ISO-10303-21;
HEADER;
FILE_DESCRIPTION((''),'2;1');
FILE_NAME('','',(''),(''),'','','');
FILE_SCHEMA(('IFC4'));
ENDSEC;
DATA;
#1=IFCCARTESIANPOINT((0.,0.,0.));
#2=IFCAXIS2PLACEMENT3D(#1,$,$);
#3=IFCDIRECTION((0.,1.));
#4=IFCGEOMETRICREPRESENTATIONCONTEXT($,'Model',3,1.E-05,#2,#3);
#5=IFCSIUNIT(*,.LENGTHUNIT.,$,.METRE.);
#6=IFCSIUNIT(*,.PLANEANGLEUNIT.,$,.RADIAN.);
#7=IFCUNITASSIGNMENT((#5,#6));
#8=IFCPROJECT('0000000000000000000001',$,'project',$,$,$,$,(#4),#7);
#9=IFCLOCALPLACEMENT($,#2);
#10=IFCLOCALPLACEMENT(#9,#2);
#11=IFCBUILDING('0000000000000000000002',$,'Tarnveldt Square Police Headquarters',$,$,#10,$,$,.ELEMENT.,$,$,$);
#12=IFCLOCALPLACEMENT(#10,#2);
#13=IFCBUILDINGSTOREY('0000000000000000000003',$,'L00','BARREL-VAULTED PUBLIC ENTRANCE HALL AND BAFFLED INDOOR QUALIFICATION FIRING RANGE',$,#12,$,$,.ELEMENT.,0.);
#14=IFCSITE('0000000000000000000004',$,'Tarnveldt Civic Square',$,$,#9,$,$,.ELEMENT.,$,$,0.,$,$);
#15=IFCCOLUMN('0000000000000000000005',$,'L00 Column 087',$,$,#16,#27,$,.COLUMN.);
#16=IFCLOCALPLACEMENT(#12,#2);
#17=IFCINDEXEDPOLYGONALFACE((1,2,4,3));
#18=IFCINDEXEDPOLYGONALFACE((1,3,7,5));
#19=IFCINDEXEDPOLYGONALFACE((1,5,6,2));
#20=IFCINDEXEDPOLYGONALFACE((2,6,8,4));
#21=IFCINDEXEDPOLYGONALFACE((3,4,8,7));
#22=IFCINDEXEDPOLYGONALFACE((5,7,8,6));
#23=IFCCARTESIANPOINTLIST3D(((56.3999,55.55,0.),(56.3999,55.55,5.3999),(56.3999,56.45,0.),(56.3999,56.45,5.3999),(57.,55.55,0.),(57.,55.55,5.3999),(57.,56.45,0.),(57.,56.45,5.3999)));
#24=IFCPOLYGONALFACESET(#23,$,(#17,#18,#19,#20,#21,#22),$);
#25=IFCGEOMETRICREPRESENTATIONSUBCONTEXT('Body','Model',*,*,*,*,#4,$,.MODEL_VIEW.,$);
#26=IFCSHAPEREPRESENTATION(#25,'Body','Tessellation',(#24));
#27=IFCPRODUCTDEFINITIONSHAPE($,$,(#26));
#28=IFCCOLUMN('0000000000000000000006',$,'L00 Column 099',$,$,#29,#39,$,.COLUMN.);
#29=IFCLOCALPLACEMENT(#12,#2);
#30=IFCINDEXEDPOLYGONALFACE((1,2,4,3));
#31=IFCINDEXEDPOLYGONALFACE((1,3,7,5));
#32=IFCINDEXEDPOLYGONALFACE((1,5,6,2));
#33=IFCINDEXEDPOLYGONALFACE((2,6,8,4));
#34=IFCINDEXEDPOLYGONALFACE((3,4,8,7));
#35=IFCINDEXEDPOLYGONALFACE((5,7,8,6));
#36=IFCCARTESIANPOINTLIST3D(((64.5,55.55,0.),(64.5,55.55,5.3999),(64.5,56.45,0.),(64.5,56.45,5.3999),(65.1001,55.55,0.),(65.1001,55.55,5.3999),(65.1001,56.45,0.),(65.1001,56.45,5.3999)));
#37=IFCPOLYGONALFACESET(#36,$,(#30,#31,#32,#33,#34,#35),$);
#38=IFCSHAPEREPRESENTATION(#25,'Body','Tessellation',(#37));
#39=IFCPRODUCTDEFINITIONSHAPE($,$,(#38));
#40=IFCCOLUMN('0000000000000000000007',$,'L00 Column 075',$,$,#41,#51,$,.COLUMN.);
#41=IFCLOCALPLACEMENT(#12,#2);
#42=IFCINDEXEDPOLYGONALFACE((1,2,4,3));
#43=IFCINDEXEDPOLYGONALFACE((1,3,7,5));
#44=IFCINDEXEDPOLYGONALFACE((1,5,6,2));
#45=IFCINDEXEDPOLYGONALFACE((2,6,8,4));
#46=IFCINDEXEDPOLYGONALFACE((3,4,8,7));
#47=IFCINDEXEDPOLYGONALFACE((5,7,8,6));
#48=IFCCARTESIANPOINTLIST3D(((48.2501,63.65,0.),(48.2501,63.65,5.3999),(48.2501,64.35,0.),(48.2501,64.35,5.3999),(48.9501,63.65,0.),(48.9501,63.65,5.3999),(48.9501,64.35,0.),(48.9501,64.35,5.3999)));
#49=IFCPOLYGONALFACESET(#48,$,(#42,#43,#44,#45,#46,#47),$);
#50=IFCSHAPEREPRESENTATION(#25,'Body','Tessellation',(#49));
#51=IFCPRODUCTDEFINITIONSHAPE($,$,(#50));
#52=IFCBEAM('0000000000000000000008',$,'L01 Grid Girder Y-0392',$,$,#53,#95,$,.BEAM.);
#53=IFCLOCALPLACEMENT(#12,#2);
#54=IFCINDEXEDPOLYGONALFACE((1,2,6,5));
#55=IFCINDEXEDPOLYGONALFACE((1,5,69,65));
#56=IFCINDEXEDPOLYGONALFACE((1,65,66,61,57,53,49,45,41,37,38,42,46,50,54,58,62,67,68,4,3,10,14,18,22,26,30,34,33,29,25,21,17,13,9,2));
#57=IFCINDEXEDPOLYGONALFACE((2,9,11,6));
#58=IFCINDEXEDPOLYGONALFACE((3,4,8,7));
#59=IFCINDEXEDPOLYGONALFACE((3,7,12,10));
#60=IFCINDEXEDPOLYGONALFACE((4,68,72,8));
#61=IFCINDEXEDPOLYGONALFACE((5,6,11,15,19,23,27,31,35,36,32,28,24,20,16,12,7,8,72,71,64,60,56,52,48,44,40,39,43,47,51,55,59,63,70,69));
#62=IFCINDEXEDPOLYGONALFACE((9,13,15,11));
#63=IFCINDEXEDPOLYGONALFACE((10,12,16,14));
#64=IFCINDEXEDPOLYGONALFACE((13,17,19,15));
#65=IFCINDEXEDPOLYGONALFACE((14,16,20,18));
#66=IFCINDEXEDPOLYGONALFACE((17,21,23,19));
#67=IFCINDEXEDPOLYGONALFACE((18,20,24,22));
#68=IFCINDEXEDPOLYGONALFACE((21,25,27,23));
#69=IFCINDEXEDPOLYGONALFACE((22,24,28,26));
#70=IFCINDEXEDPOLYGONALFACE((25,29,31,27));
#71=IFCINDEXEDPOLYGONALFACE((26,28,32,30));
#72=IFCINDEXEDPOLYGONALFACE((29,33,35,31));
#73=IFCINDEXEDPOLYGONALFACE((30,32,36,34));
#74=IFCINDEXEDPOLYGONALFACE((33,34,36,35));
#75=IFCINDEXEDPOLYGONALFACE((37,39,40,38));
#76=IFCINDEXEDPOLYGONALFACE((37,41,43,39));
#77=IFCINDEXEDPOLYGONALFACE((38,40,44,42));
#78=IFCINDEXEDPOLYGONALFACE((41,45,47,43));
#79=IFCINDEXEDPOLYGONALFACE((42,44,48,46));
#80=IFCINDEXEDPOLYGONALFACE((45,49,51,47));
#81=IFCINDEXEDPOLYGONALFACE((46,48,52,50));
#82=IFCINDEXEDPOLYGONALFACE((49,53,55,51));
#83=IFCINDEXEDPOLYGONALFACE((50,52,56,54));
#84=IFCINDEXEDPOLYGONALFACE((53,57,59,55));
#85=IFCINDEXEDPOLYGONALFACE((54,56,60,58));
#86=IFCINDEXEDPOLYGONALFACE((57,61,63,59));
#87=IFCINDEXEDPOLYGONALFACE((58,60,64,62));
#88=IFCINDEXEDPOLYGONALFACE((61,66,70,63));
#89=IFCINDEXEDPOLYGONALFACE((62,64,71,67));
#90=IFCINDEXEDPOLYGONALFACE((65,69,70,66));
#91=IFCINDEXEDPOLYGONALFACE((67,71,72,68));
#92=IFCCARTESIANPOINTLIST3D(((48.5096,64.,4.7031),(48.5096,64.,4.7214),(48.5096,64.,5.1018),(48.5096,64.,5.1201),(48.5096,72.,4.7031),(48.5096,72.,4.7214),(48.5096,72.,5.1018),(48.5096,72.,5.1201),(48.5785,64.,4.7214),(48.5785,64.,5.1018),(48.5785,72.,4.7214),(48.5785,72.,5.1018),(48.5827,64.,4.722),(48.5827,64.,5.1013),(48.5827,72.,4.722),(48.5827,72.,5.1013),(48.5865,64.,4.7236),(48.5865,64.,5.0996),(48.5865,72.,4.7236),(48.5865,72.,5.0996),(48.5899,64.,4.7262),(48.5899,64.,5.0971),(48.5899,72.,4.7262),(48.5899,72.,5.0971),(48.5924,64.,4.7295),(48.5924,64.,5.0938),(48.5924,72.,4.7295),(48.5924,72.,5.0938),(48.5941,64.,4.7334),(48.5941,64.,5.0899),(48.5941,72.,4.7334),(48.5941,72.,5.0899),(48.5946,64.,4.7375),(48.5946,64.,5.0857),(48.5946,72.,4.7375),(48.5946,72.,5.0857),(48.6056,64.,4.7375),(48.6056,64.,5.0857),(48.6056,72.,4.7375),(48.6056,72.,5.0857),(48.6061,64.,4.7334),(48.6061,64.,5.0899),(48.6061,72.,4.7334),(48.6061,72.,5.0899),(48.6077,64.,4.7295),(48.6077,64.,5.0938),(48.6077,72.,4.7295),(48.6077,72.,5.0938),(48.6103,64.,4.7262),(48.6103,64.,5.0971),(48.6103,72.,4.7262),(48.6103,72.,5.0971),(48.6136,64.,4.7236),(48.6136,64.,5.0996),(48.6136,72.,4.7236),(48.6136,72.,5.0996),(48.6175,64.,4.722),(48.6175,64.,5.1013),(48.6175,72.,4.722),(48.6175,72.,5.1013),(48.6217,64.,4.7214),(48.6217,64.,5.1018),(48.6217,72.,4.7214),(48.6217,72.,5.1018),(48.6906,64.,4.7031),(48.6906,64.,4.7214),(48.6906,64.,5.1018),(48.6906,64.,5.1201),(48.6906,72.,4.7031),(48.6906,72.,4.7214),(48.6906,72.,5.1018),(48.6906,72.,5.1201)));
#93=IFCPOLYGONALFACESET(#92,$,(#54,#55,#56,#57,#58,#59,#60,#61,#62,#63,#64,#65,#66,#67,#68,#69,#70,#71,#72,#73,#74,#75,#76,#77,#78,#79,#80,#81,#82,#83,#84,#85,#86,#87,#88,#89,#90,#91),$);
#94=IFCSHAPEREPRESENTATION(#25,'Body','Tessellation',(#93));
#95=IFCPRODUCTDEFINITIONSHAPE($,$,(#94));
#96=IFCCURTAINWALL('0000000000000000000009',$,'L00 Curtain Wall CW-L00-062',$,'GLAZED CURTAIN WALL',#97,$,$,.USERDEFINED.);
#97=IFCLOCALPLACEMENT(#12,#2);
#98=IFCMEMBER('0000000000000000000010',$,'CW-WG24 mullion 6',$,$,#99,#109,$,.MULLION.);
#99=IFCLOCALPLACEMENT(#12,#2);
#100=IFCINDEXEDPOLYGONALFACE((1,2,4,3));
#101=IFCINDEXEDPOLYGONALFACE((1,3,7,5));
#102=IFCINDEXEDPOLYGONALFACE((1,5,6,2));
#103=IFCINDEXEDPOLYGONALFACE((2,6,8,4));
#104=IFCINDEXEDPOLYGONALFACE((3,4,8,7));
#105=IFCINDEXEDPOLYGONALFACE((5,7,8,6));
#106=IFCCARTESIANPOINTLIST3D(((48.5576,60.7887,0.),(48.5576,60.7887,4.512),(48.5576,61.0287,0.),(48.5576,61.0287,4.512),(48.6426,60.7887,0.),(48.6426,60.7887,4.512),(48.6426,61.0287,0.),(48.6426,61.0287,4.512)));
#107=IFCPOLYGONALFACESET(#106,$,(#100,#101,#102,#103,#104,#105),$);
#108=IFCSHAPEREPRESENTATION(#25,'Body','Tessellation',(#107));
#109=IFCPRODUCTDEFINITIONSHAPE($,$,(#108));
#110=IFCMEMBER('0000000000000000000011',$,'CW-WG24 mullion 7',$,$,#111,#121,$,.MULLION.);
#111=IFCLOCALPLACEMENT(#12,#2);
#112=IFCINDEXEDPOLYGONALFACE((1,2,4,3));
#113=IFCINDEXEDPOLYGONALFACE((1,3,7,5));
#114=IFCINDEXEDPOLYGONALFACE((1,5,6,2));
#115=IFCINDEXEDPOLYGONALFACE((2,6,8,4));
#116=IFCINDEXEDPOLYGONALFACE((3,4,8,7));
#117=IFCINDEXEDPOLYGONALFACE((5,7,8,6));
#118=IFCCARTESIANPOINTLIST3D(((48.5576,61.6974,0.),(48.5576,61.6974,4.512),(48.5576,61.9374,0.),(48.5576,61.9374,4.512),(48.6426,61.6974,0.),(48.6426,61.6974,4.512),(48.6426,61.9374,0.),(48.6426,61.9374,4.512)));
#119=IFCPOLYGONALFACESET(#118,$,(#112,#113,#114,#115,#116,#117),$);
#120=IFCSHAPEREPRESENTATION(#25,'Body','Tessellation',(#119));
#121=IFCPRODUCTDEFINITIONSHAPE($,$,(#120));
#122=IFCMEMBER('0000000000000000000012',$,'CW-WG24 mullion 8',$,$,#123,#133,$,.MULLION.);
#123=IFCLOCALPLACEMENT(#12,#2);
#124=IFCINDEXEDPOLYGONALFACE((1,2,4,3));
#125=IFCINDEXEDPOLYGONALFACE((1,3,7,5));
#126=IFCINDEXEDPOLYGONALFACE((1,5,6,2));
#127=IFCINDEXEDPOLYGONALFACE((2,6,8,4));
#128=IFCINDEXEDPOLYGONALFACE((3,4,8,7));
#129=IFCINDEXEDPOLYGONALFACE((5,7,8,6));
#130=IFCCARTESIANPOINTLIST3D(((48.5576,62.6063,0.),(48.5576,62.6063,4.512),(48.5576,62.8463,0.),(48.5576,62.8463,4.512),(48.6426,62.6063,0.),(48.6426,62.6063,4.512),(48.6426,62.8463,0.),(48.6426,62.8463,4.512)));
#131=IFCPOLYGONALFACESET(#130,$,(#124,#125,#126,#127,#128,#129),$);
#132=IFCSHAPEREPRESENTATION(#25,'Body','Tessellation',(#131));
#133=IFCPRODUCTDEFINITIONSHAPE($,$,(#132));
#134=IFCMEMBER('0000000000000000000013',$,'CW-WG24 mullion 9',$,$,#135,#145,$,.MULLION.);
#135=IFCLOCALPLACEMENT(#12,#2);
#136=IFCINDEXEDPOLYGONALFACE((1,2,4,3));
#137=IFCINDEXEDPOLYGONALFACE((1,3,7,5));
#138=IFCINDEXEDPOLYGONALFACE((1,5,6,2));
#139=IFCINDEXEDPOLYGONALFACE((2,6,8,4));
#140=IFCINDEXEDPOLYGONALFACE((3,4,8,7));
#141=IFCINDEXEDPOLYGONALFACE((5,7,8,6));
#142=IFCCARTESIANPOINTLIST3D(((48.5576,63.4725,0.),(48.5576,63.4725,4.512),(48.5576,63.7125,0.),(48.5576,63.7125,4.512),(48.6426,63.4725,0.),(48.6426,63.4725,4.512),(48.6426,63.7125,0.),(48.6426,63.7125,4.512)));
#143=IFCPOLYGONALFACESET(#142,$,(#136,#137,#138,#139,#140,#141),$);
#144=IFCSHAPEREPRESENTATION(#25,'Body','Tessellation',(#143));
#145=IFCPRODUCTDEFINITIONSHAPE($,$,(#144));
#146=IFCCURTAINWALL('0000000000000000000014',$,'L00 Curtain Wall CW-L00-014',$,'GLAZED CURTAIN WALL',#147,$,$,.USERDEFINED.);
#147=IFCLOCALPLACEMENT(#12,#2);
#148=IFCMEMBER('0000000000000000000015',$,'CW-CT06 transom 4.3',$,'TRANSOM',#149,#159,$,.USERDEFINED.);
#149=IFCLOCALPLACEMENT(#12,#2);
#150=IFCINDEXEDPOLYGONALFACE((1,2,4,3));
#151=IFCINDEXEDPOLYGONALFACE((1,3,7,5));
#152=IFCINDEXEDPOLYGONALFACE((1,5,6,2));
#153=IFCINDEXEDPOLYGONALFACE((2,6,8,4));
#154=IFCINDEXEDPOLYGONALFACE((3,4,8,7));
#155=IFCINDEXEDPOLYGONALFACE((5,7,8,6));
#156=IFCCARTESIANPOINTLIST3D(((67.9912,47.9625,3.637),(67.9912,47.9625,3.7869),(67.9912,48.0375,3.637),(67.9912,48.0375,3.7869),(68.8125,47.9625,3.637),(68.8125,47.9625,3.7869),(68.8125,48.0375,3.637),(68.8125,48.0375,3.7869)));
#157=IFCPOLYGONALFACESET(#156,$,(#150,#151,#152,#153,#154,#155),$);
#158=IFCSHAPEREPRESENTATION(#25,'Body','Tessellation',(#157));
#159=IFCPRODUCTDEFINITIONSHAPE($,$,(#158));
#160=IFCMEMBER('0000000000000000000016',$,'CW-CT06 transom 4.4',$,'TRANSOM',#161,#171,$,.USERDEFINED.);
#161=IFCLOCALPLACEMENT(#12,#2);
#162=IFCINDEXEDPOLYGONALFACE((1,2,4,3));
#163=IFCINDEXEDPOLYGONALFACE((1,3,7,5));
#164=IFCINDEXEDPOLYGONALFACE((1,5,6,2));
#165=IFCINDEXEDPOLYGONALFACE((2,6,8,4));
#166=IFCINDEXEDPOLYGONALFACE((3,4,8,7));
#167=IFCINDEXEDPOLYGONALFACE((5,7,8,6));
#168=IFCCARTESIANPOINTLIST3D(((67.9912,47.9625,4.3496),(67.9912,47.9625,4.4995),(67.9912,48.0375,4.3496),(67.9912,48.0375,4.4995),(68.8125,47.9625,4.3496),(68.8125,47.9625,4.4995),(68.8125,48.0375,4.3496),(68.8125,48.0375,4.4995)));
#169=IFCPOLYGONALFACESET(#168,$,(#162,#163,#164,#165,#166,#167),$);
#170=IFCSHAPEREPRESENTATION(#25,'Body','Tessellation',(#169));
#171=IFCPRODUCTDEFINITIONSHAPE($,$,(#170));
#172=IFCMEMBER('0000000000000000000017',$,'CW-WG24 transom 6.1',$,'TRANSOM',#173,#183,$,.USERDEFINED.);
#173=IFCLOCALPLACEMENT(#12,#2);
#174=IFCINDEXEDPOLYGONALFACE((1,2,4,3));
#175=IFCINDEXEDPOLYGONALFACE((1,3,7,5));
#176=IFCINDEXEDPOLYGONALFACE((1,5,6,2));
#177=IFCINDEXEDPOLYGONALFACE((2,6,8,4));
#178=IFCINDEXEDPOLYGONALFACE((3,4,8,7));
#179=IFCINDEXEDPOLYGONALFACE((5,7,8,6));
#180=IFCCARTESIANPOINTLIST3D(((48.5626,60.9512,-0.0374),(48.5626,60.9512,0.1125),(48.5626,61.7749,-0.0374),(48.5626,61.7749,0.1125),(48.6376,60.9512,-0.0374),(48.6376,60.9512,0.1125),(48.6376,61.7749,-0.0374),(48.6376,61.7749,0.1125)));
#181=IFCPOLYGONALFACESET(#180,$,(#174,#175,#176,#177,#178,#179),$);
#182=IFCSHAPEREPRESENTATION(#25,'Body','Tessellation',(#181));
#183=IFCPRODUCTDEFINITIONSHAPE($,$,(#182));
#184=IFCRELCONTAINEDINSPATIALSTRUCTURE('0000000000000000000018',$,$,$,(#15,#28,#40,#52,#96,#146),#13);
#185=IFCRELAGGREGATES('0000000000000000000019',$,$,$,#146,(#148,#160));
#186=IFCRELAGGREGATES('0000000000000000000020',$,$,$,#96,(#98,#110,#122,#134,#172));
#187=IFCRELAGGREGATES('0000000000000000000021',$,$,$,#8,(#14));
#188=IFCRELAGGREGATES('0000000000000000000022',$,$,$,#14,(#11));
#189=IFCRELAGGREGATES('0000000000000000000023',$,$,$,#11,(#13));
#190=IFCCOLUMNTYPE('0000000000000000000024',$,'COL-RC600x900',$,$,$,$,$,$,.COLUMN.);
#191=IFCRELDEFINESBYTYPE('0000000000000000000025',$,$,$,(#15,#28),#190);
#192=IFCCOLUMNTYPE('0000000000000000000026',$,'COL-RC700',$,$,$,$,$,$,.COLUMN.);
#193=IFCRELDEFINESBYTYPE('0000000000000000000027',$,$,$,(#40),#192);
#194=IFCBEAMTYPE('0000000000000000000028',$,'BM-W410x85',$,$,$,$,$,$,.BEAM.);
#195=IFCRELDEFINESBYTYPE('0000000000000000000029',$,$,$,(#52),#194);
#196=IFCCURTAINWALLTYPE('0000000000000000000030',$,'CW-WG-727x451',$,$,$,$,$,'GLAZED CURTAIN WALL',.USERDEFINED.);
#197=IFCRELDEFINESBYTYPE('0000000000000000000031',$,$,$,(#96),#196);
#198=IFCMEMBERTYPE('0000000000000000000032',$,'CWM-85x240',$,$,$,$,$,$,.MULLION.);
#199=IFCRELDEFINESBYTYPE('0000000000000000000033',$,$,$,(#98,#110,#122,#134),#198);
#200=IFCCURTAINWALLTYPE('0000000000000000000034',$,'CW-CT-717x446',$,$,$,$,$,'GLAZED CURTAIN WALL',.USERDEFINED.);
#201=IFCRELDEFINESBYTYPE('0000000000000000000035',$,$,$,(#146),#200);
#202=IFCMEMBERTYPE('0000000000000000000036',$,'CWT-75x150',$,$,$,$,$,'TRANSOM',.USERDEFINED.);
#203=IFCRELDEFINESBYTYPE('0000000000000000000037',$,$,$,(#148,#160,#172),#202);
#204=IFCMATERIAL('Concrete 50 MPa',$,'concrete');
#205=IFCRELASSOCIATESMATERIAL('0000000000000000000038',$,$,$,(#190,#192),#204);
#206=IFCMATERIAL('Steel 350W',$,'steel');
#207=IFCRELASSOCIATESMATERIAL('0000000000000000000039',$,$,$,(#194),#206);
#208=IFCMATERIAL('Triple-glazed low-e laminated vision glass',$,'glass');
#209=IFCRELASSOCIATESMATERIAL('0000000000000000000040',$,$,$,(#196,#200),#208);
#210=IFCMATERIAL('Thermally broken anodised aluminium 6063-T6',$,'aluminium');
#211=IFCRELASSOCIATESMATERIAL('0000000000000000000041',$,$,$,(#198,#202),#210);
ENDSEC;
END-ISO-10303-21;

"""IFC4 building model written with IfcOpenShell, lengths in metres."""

from ifc_helpers import new_model, si_unit, direction, frame, origin, origin_2d, place, context, subcontext, project, spatial, rectangle, i_section, extrude, material, material_profile, profile_set, type_object, element, aggregate, save


model = new_model("IFC4")

# Units and contexts
model_context = context("Model", 3, precision=1e-05, world=origin(), true_north=direction((0.0, 1.0)))
body_context = subcontext(model_context, "Body", "Model", "MODEL_VIEW")
ifc_project = project(units=[si_unit("LENGTHUNIT", "METRE"), si_unit("PLANEANGLEUNIT", "RADIAN")], contexts=[model_context])

# Site, building, storey
site_placement = place(None, origin())
site = spatial("IfcSite", under=ifc_project, at=site_placement, Name="Tarnveldt Civic Square", CompositionType="ELEMENT", RefElevation=0.0)
building_placement = place(site_placement, origin())
building = spatial("IfcBuilding", under=site, at=building_placement, Name="Tarnveldt Square Police Headquarters", CompositionType="ELEMENT")
storey_placement = place(building_placement, origin())
storey = spatial("IfcBuildingStorey", under=building, at=storey_placement, Name="L00", Description="BARREL-VAULTED PUBLIC ENTRANCE HALL AND BAFFLED INDOOR QUALIFICATION FIRING RANGE", CompositionType="ELEMENT", Elevation=0.0)

# Columns
ifc_material_1 = material(Name="Concrete 50 MPa", Category="concrete")
ifc_material_profile_1 = material_profile(ifc_material_1, rectangle(XDim=0.6001, YDim=0.8999, at=origin_2d()), Name="RC-C600x900")
ifc_profile_set_1 = profile_set([ifc_material_profile_1], Name="Concrete 50 MPa")
column_type_1 = type_object("IfcColumnType", Name="COL-RC600x900", PredefinedType="COLUMN", material=ifc_profile_set_1)
for number, where, z_axis, x_axis, name in (
    (1, (56.7, 56.0, 0.0), (0.0, 0.0, 1.0), (1.0, 0.0, 0.0), "L00 Column 087"),
    (2, (64.8, 56.0, 0.0), (0.0, 0.0, 1.0), (1.0, 0.0, 0.0), "L00 Column 099"),
):
    element("IfcColumn", number, at=place(storey_placement, frame(where, z_axis=z_axis, x_axis=x_axis)), inside=storey, type_object=column_type_1, Name=name, PredefinedType="COLUMN", context=body_context, shape_type="SweptSolid", body=[
        extrude(rectangle(XDim=0.6001, YDim=0.8999, at=origin_2d()), origin(), (0.0, 0.0, 1.0), 5.3999),
    ])
ifc_material_profile_2 = material_profile(ifc_material_1, rectangle(XDim=0.7, YDim=0.7, at=origin_2d()), Name="RC-C700x700")
ifc_profile_set_2 = profile_set([ifc_material_profile_2], Name="Concrete 50 MPa")
column_type_2 = type_object("IfcColumnType", Name="COL-RC700", PredefinedType="COLUMN", material=ifc_profile_set_2)
column_placement = place(storey_placement, frame((48.6001, 64.0, 0.0), z_axis=(0.0, 0.0, 1.0), x_axis=(1.0, 0.0, 0.0)))
element("IfcColumn", 3, at=column_placement, inside=storey, type_object=column_type_2, Name="L00 Column 075", PredefinedType="COLUMN", context=body_context, shape_type="SweptSolid", body=[
    extrude(rectangle(XDim=0.7, YDim=0.7, at=origin_2d()), origin(), (0.0, 0.0, 1.0), 5.3999),
])

# Beam
ifc_material_2 = material(Name="Steel 350W", Category="steel")
ifc_material_profile_3 = material_profile(ifc_material_2, i_section(OverallWidth=0.1809, OverallDepth=0.417, WebThickness=0.011, FlangeThickness=0.0183, FilletRadius=0.0161, at=origin_2d()), Name="W410x85")
ifc_profile_set_3 = profile_set([ifc_material_profile_3], Name="Steel 350W")
beam_type = type_object("IfcBeamType", Name="BM-W410x85", PredefinedType="BEAM", material=ifc_profile_set_3)
beam_placement = place(storey_placement, frame((48.6001, 64.0, 4.9116), z_axis=(0.0, 1.0, 0.0), x_axis=(-1.0, 0.0, 0.0)))
element("IfcBeam", 4, at=beam_placement, inside=storey, type_object=beam_type, Name="L01 Grid Girder Y-0392", PredefinedType="BEAM", context=body_context, shape_type="SweptSolid", body=[
    extrude(i_section(OverallWidth=0.1809, OverallDepth=0.417, WebThickness=0.011, FlangeThickness=0.0183, FilletRadius=0.0161, at=origin_2d()), origin(), (0.0, 0.0, 1.0), 8.0),
])

# Curtain walls, members
ifc_material_3 = material(Name="Triple-glazed low-e laminated vision glass", Category="glass")
curtain_wall_type_1 = type_object("IfcCurtainWallType", Name="CW-WG-727x451", ElementType="GLAZED CURTAIN WALL", PredefinedType="USERDEFINED", material=ifc_material_3)
curtain_wall_1_placement = place(storey_placement, origin())
curtain_wall_1 = element("IfcCurtainWall", 5, at=curtain_wall_1_placement, inside=storey, type_object=curtain_wall_type_1, Name="L00 Curtain Wall CW-L00-062", ObjectType="GLAZED CURTAIN WALL", PredefinedType="USERDEFINED")
ifc_material_4 = material(Name="Thermally broken anodised aluminium 6063-T6", Category="aluminium")
ifc_material_profile_4 = material_profile(ifc_material_4, rectangle(XDim=0.085, YDim=0.24, at=origin_2d()), Name="CW-M85x240")
ifc_profile_set_4 = profile_set([ifc_material_profile_4], Name="Thermally broken anodised aluminium 6063-T6")
member_type_1 = type_object("IfcMemberType", Name="CWM-85x240", PredefinedType="MULLION", material=ifc_profile_set_4)
member_1_placement = place(storey_placement, frame((48.6001, 60.9087, 0.0), z_axis=(0.0, 0.0, 1.0), x_axis=(-1.0, 0.0, 0.0)))
member_1 = element("IfcMember", 6, at=member_1_placement, type_object=member_type_1, Name="CW-WG24 mullion 6", PredefinedType="MULLION", context=body_context, shape_type="SweptSolid", body=[
    extrude(rectangle(XDim=0.085, YDim=0.24, at=origin_2d()), origin(), (0.0, 0.0, 1.0), 4.512),
])
member_2_placement = place(storey_placement, frame((48.6001, 61.8174, 0.0), z_axis=(0.0, 0.0, 1.0), x_axis=(-1.0, 0.0, 0.0)))
member_2 = element("IfcMember", 7, at=member_2_placement, type_object=member_type_1, Name="CW-WG24 mullion 7", PredefinedType="MULLION", context=body_context, shape_type="SweptSolid", body=[
    extrude(rectangle(XDim=0.085, YDim=0.24, at=origin_2d()), origin(), (0.0, 0.0, 1.0), 4.512),
])
member_3_placement = place(storey_placement, frame((48.6001, 62.7263, 0.0), z_axis=(0.0, 0.0, 1.0), x_axis=(-1.0, 0.0, 0.0)))
member_3 = element("IfcMember", 8, at=member_3_placement, type_object=member_type_1, Name="CW-WG24 mullion 8", PredefinedType="MULLION", context=body_context, shape_type="SweptSolid", body=[
    extrude(rectangle(XDim=0.085, YDim=0.24, at=origin_2d()), origin(), (0.0, 0.0, 1.0), 4.512),
])
member_4_placement = place(storey_placement, frame((48.6001, 63.5925, 0.0), z_axis=(0.0, 0.0, 1.0), x_axis=(-1.0, 0.0, 0.0)))
member_4 = element("IfcMember", 9, at=member_4_placement, type_object=member_type_1, Name="CW-WG24 mullion 9", PredefinedType="MULLION", context=body_context, shape_type="SweptSolid", body=[
    extrude(rectangle(XDim=0.085, YDim=0.24, at=origin_2d()), origin(), (0.0, 0.0, 1.0), 4.512),
])
curtain_wall_type_2 = type_object("IfcCurtainWallType", Name="CW-CT-717x446", ElementType="GLAZED CURTAIN WALL", PredefinedType="USERDEFINED", material=ifc_material_3)
curtain_wall_2_placement = place(storey_placement, origin())
curtain_wall_2 = element("IfcCurtainWall", 10, at=curtain_wall_2_placement, inside=storey, type_object=curtain_wall_type_2, Name="L00 Curtain Wall CW-L00-014", ObjectType="GLAZED CURTAIN WALL", PredefinedType="USERDEFINED")
ifc_material_profile_5 = material_profile(ifc_material_4, rectangle(XDim=0.075, YDim=0.1499, at=origin_2d()), Name="CW-T75x150")
ifc_profile_set_5 = profile_set([ifc_material_profile_5], Name="Thermally broken anodised aluminium 6063-T6")
member_type_2 = type_object("IfcMemberType", Name="CWT-75x150", ElementType="TRANSOM", PredefinedType="USERDEFINED", material=ifc_profile_set_5)
member_5_placement = place(storey_placement, frame((67.9912, 48.0, 3.7119), z_axis=(1.0, 0.0, 0.0), x_axis=(0.0, 1.0, 0.0)))
member_5 = element("IfcMember", 11, at=member_5_placement, type_object=member_type_2, Name="CW-CT06 transom 4.3", ObjectType="TRANSOM", PredefinedType="USERDEFINED", context=body_context, shape_type="SweptSolid", body=[
    extrude(rectangle(XDim=0.075, YDim=0.1499, at=origin_2d()), origin(), (0.0, 0.0, 1.0), 0.8213),
])
member_6_placement = place(storey_placement, frame((67.9912, 48.0, 4.4246), z_axis=(1.0, 0.0, 0.0), x_axis=(0.0, 1.0, 0.0)))
member_6 = element("IfcMember", 12, at=member_6_placement, type_object=member_type_2, Name="CW-CT06 transom 4.4", ObjectType="TRANSOM", PredefinedType="USERDEFINED", context=body_context, shape_type="SweptSolid", body=[
    extrude(rectangle(XDim=0.075, YDim=0.1499, at=origin_2d()), origin(), (0.0, 0.0, 1.0), 0.8213),
])

# Member
member_7_placement = place(storey_placement, frame((48.6001, 60.9512, 0.0376), z_axis=(0.0, 1.0, 0.0), x_axis=(-1.0, 0.0, 0.0)))
member_7 = element("IfcMember", 13, at=member_7_placement, type_object=member_type_2, Name="CW-WG24 transom 6.1", ObjectType="TRANSOM", PredefinedType="USERDEFINED", context=body_context, shape_type="SweptSolid", body=[
    extrude(rectangle(XDim=0.075, YDim=0.1499, at=origin_2d()), origin(), (0.0, 0.0, 1.0), 0.8237),
])

aggregate(curtain_wall_2, [member_5, member_6])
aggregate(curtain_wall_1, [member_1, member_2, member_3, member_4, member_7])

save(model, "model.ifc")
